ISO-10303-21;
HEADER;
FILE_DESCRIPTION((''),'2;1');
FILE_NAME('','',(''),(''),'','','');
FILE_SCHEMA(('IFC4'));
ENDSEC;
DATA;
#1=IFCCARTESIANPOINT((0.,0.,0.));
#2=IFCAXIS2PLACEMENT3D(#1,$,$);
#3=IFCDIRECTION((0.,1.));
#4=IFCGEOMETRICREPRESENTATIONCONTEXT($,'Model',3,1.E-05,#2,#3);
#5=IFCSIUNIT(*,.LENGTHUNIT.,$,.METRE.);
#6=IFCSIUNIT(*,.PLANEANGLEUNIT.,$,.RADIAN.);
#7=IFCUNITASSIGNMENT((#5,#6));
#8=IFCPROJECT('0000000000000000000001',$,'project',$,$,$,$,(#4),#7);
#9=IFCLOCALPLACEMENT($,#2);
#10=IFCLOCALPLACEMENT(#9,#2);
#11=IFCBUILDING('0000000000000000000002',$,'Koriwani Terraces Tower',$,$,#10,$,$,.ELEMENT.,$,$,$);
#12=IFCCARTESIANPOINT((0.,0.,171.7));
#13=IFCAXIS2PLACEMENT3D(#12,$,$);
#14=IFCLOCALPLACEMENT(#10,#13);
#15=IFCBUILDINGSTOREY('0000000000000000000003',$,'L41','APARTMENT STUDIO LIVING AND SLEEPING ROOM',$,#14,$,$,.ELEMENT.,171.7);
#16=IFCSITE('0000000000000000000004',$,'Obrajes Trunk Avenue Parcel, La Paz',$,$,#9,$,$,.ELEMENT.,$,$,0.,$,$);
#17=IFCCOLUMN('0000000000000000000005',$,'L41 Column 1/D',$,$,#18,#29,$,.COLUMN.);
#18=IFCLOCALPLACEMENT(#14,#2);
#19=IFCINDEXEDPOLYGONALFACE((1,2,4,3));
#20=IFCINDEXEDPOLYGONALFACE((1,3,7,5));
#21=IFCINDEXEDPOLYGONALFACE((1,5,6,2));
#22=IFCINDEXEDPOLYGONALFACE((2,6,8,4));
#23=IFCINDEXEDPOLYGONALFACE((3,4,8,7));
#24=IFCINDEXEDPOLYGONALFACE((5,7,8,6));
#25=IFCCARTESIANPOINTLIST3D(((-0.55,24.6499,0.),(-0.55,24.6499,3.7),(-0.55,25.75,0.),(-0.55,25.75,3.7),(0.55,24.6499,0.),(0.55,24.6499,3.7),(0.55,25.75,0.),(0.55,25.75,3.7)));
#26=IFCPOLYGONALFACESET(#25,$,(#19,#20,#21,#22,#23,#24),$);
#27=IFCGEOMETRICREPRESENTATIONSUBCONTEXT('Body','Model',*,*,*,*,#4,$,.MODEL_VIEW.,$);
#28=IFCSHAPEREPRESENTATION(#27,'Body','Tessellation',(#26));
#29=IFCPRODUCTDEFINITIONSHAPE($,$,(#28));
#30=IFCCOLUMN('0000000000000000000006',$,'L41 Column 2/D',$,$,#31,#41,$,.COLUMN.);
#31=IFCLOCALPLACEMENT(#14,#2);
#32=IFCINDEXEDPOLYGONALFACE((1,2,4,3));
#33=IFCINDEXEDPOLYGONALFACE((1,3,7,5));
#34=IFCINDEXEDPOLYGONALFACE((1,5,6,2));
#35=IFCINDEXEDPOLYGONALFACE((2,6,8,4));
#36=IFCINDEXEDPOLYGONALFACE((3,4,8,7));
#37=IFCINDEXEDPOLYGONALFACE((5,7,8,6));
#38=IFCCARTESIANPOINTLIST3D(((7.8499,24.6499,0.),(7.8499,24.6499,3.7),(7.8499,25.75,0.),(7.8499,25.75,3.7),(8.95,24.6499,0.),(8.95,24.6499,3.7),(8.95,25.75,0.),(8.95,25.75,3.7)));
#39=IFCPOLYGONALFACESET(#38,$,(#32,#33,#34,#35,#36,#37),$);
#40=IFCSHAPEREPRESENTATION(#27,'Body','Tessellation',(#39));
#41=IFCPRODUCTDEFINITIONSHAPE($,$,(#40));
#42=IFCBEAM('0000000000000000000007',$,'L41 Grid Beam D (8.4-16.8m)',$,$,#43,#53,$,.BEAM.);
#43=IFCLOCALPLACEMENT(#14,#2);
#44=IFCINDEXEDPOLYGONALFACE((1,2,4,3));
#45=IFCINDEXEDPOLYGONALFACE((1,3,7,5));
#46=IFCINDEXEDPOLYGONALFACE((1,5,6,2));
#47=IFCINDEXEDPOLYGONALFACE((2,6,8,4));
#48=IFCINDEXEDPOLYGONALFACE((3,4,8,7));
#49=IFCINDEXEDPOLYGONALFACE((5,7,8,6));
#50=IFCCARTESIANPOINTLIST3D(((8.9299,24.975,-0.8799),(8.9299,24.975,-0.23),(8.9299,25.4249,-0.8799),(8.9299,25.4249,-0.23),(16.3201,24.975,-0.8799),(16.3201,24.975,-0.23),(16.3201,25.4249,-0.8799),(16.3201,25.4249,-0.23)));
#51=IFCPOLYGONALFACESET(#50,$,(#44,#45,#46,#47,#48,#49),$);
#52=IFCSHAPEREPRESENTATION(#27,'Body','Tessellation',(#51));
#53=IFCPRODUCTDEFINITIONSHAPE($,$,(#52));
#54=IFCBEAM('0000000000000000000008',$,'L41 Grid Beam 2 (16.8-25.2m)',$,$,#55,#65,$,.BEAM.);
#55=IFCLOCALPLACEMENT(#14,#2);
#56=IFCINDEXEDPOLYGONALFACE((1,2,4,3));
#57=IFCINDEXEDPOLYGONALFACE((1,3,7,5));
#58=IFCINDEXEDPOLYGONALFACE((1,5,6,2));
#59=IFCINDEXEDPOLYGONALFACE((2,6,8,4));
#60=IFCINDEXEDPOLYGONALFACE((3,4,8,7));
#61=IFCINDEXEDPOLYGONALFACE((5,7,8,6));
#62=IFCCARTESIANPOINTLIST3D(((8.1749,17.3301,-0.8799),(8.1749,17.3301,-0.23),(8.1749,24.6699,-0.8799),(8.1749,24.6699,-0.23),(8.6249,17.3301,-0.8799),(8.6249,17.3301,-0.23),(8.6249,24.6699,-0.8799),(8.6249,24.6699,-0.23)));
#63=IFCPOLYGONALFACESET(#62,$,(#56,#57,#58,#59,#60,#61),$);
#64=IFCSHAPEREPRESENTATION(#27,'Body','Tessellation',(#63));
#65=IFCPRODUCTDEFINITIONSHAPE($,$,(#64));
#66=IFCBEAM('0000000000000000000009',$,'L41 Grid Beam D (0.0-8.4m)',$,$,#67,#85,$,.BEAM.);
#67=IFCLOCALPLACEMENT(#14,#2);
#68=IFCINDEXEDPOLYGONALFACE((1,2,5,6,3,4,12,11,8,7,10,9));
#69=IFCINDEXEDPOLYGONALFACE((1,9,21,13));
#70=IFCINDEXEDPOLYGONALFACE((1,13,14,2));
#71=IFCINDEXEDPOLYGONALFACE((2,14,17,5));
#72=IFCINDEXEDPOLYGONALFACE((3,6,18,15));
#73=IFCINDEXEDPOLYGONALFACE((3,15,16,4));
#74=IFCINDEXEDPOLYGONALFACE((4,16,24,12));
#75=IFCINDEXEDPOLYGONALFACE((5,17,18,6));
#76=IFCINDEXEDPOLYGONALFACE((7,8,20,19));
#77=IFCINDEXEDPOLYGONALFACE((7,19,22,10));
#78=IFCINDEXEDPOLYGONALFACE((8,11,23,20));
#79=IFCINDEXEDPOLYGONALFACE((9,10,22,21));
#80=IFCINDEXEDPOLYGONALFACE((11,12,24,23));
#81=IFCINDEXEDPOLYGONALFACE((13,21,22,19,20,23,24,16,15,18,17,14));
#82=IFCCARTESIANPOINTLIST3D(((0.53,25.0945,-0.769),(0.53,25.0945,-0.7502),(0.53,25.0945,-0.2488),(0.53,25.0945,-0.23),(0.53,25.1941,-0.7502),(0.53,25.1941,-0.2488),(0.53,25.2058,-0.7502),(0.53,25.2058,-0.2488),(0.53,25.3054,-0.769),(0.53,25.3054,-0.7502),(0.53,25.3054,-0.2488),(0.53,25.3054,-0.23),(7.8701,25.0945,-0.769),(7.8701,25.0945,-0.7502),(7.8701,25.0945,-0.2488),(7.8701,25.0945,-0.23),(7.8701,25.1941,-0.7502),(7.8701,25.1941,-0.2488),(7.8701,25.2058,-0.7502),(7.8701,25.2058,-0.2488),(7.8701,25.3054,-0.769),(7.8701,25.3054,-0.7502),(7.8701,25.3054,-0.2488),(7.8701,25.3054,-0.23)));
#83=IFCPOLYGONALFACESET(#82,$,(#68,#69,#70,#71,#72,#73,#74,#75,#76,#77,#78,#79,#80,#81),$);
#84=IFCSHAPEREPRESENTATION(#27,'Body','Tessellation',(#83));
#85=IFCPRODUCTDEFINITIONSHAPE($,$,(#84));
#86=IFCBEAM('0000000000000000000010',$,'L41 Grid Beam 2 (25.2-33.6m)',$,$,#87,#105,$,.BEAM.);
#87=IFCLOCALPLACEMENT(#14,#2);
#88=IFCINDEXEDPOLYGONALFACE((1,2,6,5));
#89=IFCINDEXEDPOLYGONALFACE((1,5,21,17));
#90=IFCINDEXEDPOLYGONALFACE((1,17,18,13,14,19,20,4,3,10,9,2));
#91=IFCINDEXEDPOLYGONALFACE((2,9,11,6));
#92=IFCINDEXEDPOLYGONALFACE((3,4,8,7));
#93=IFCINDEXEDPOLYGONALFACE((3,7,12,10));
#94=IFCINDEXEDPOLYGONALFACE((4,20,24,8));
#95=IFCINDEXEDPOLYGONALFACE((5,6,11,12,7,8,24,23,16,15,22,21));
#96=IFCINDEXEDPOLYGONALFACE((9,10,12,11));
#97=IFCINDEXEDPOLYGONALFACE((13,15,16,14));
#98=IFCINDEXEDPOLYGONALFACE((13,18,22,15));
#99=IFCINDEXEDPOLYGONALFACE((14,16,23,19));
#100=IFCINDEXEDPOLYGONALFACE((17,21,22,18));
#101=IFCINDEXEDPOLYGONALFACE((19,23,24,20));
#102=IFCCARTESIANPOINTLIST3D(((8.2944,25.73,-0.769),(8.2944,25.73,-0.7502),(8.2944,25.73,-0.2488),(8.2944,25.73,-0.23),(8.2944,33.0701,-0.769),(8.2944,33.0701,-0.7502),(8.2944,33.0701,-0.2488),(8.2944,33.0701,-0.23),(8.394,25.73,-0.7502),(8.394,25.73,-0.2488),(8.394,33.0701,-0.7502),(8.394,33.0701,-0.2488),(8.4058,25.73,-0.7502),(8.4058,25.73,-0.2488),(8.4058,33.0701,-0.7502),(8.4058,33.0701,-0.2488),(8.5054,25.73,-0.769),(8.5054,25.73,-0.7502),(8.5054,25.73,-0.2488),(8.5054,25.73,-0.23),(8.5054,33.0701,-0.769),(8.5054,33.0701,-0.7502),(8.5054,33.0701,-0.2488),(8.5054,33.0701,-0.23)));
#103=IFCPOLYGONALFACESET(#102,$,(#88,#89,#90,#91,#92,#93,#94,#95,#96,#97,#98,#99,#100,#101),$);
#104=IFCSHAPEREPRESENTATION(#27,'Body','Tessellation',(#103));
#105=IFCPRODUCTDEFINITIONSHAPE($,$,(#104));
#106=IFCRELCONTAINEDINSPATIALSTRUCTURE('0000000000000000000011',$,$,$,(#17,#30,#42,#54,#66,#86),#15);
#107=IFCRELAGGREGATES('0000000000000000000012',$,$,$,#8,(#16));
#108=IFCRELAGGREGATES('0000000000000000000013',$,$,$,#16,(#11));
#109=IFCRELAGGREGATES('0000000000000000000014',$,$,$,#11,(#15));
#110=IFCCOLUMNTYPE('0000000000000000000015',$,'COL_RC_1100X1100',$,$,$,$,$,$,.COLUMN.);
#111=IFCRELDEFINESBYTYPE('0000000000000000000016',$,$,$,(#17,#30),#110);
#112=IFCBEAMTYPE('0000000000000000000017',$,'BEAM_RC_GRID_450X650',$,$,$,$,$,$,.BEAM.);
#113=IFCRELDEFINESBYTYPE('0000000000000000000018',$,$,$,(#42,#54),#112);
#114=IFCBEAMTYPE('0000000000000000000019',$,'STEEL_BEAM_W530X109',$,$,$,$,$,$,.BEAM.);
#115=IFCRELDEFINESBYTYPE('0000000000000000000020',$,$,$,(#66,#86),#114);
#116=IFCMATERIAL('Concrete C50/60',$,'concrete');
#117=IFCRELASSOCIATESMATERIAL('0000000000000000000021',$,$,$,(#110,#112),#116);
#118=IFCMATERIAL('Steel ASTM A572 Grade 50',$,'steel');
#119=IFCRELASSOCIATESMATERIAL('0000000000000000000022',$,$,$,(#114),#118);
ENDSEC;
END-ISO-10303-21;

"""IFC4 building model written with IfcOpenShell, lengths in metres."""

from ifc_helpers import new_model, si_unit, direction, frame, origin, origin_2d, place, context, subcontext, project, spatial, rectangle, i_section, extrude, material, material_profile, profile_set, type_object, element, save


model = new_model("IFC4")

# Units and contexts
model_context = context("Model", 3, precision=1e-05, world=origin(), true_north=direction((0.0, 1.0)))
body_context = subcontext(model_context, "Body", "Model", "MODEL_VIEW")
ifc_project = project(units=[si_unit("LENGTHUNIT", "METRE"), si_unit("PLANEANGLEUNIT", "RADIAN")], contexts=[model_context])

# Site, building, storey
site_placement = place(None, origin())
site = spatial("IfcSite", under=ifc_project, at=site_placement, Name="Obrajes Trunk Avenue Parcel, La Paz", CompositionType="ELEMENT", RefElevation=0.0)
building_placement = place(site_placement, origin())
building = spatial("IfcBuilding", under=site, at=building_placement, Name="Koriwani Terraces Tower", CompositionType="ELEMENT")
storey_placement = place(building_placement, frame((0.0, 0.0, 171.7)))
storey = spatial("IfcBuildingStorey", under=building, at=storey_placement, Name="L41", Description="APARTMENT STUDIO LIVING AND SLEEPING ROOM", CompositionType="ELEMENT", Elevation=171.7)

# Columns
ifc_material_1 = material(Name="Concrete C50/60", Category="concrete")
ifc_material_profile_1 = material_profile(ifc_material_1, rectangle(XDim=1.1001, YDim=1.1001, at=origin_2d()), Name="Concrete C50/60", Category="LoadBearing")
ifc_profile_set_1 = profile_set([ifc_material_profile_1], Name="Concrete C50/60")
column_type = type_object("IfcColumnType", Name="COL_RC_1100X1100", PredefinedType="COLUMN", material=ifc_profile_set_1)
for number, where, z_axis, x_axis, name in (
    (1, (0.0, 25.2, 0.0), (0.0, 0.0, 1.0), (1.0, 0.0, 0.0), "L41 Column 1/D"),
    (2, (8.3999, 25.2, 0.0), (0.0, 0.0, 1.0), (1.0, 0.0, 0.0), "L41 Column 2/D"),
):
    element("IfcColumn", number, at=place(storey_placement, frame(where, z_axis=z_axis, x_axis=x_axis)), inside=storey, type_object=column_type, Name=name, PredefinedType="COLUMN", context=body_context, shape_type="SweptSolid", body=[
        extrude(rectangle(XDim=1.1001, YDim=1.1001, at=origin_2d()), origin(), (0.0, 0.0, 1.0), 3.7),
    ])

# Beams
ifc_material_profile_2 = material_profile(ifc_material_1, rectangle(XDim=0.45, YDim=0.6499, at=origin_2d()), Name="Concrete C50/60", Category="LoadBearing")
ifc_profile_set_2 = profile_set([ifc_material_profile_2], Name="Concrete C50/60")
beam_type_1 = type_object("IfcBeamType", Name="BEAM_RC_GRID_450X650", PredefinedType="BEAM", material=ifc_profile_set_2)
beam_1_placement = place(storey_placement, frame((8.9299, 25.2, -0.5549), z_axis=(1.0, 0.0, 0.0), x_axis=(0.0, 1.0, 0.0)))
element("IfcBeam", 3, at=beam_1_placement, inside=storey, type_object=beam_type_1, Name="L41 Grid Beam D (8.4-16.8m)", PredefinedType="BEAM", context=body_context, shape_type="SweptSolid", body=[
    extrude(rectangle(XDim=0.45, YDim=0.6499, at=origin_2d()), origin(), (0.0, 0.0, 1.0), 7.3901),
])
beam_2_placement = place(storey_placement, frame((8.3999, 17.3301, -0.5549), z_axis=(0.0, 1.0, 0.0), x_axis=(-1.0, 0.0, 0.0)))
element("IfcBeam", 4, at=beam_2_placement, inside=storey, type_object=beam_type_1, Name="L41 Grid Beam 2 (16.8-25.2m)", PredefinedType="BEAM", context=body_context, shape_type="SweptSolid", body=[
    extrude(rectangle(XDim=0.45, YDim=0.6499, at=origin_2d()), origin(), (0.0, 0.0, 1.0), 7.3398),
])
ifc_material_2 = material(Name="Steel ASTM A572 Grade 50", Category="steel")
ifc_material_profile_3 = material_profile(ifc_material_2, i_section(OverallWidth=0.2109, OverallDepth=0.5391, WebThickness=0.0117, FlangeThickness=0.0188, at=origin_2d()), Name="Steel ASTM A572 Grade 50", Category="LoadBearing")
ifc_profile_set_3 = profile_set([ifc_material_profile_3], Name="Steel ASTM A572 Grade 50")
beam_type_2 = type_object("IfcBeamType", Name="STEEL_BEAM_W530X109", PredefinedType="BEAM", material=ifc_profile_set_3)
for number, where, z_axis, x_axis, name in (
    (5, (0.53, 25.2, -0.4995), (1.0, 0.0, 0.0), (0.0, 1.0, 0.0), "L41 Grid Beam D (0.0-8.4m)"),
    (6, (8.3999, 25.73, -0.4995), (0.0, 1.0, 0.0), (-1.0, 0.0, 0.0), "L41 Grid Beam 2 (25.2-33.6m)"),
):
    element("IfcBeam", number, at=place(storey_placement, frame(where, z_axis=z_axis, x_axis=x_axis)), inside=storey, type_object=beam_type_2, Name=name, PredefinedType="BEAM", context=body_context, shape_type="SweptSolid", body=[
        extrude(i_section(OverallWidth=0.2109, OverallDepth=0.5391, WebThickness=0.0117, FlangeThickness=0.0188, at=origin_2d()), origin(), (0.0, 0.0, 1.0), 7.3401),
    ])

save(model, "model.ifc")
